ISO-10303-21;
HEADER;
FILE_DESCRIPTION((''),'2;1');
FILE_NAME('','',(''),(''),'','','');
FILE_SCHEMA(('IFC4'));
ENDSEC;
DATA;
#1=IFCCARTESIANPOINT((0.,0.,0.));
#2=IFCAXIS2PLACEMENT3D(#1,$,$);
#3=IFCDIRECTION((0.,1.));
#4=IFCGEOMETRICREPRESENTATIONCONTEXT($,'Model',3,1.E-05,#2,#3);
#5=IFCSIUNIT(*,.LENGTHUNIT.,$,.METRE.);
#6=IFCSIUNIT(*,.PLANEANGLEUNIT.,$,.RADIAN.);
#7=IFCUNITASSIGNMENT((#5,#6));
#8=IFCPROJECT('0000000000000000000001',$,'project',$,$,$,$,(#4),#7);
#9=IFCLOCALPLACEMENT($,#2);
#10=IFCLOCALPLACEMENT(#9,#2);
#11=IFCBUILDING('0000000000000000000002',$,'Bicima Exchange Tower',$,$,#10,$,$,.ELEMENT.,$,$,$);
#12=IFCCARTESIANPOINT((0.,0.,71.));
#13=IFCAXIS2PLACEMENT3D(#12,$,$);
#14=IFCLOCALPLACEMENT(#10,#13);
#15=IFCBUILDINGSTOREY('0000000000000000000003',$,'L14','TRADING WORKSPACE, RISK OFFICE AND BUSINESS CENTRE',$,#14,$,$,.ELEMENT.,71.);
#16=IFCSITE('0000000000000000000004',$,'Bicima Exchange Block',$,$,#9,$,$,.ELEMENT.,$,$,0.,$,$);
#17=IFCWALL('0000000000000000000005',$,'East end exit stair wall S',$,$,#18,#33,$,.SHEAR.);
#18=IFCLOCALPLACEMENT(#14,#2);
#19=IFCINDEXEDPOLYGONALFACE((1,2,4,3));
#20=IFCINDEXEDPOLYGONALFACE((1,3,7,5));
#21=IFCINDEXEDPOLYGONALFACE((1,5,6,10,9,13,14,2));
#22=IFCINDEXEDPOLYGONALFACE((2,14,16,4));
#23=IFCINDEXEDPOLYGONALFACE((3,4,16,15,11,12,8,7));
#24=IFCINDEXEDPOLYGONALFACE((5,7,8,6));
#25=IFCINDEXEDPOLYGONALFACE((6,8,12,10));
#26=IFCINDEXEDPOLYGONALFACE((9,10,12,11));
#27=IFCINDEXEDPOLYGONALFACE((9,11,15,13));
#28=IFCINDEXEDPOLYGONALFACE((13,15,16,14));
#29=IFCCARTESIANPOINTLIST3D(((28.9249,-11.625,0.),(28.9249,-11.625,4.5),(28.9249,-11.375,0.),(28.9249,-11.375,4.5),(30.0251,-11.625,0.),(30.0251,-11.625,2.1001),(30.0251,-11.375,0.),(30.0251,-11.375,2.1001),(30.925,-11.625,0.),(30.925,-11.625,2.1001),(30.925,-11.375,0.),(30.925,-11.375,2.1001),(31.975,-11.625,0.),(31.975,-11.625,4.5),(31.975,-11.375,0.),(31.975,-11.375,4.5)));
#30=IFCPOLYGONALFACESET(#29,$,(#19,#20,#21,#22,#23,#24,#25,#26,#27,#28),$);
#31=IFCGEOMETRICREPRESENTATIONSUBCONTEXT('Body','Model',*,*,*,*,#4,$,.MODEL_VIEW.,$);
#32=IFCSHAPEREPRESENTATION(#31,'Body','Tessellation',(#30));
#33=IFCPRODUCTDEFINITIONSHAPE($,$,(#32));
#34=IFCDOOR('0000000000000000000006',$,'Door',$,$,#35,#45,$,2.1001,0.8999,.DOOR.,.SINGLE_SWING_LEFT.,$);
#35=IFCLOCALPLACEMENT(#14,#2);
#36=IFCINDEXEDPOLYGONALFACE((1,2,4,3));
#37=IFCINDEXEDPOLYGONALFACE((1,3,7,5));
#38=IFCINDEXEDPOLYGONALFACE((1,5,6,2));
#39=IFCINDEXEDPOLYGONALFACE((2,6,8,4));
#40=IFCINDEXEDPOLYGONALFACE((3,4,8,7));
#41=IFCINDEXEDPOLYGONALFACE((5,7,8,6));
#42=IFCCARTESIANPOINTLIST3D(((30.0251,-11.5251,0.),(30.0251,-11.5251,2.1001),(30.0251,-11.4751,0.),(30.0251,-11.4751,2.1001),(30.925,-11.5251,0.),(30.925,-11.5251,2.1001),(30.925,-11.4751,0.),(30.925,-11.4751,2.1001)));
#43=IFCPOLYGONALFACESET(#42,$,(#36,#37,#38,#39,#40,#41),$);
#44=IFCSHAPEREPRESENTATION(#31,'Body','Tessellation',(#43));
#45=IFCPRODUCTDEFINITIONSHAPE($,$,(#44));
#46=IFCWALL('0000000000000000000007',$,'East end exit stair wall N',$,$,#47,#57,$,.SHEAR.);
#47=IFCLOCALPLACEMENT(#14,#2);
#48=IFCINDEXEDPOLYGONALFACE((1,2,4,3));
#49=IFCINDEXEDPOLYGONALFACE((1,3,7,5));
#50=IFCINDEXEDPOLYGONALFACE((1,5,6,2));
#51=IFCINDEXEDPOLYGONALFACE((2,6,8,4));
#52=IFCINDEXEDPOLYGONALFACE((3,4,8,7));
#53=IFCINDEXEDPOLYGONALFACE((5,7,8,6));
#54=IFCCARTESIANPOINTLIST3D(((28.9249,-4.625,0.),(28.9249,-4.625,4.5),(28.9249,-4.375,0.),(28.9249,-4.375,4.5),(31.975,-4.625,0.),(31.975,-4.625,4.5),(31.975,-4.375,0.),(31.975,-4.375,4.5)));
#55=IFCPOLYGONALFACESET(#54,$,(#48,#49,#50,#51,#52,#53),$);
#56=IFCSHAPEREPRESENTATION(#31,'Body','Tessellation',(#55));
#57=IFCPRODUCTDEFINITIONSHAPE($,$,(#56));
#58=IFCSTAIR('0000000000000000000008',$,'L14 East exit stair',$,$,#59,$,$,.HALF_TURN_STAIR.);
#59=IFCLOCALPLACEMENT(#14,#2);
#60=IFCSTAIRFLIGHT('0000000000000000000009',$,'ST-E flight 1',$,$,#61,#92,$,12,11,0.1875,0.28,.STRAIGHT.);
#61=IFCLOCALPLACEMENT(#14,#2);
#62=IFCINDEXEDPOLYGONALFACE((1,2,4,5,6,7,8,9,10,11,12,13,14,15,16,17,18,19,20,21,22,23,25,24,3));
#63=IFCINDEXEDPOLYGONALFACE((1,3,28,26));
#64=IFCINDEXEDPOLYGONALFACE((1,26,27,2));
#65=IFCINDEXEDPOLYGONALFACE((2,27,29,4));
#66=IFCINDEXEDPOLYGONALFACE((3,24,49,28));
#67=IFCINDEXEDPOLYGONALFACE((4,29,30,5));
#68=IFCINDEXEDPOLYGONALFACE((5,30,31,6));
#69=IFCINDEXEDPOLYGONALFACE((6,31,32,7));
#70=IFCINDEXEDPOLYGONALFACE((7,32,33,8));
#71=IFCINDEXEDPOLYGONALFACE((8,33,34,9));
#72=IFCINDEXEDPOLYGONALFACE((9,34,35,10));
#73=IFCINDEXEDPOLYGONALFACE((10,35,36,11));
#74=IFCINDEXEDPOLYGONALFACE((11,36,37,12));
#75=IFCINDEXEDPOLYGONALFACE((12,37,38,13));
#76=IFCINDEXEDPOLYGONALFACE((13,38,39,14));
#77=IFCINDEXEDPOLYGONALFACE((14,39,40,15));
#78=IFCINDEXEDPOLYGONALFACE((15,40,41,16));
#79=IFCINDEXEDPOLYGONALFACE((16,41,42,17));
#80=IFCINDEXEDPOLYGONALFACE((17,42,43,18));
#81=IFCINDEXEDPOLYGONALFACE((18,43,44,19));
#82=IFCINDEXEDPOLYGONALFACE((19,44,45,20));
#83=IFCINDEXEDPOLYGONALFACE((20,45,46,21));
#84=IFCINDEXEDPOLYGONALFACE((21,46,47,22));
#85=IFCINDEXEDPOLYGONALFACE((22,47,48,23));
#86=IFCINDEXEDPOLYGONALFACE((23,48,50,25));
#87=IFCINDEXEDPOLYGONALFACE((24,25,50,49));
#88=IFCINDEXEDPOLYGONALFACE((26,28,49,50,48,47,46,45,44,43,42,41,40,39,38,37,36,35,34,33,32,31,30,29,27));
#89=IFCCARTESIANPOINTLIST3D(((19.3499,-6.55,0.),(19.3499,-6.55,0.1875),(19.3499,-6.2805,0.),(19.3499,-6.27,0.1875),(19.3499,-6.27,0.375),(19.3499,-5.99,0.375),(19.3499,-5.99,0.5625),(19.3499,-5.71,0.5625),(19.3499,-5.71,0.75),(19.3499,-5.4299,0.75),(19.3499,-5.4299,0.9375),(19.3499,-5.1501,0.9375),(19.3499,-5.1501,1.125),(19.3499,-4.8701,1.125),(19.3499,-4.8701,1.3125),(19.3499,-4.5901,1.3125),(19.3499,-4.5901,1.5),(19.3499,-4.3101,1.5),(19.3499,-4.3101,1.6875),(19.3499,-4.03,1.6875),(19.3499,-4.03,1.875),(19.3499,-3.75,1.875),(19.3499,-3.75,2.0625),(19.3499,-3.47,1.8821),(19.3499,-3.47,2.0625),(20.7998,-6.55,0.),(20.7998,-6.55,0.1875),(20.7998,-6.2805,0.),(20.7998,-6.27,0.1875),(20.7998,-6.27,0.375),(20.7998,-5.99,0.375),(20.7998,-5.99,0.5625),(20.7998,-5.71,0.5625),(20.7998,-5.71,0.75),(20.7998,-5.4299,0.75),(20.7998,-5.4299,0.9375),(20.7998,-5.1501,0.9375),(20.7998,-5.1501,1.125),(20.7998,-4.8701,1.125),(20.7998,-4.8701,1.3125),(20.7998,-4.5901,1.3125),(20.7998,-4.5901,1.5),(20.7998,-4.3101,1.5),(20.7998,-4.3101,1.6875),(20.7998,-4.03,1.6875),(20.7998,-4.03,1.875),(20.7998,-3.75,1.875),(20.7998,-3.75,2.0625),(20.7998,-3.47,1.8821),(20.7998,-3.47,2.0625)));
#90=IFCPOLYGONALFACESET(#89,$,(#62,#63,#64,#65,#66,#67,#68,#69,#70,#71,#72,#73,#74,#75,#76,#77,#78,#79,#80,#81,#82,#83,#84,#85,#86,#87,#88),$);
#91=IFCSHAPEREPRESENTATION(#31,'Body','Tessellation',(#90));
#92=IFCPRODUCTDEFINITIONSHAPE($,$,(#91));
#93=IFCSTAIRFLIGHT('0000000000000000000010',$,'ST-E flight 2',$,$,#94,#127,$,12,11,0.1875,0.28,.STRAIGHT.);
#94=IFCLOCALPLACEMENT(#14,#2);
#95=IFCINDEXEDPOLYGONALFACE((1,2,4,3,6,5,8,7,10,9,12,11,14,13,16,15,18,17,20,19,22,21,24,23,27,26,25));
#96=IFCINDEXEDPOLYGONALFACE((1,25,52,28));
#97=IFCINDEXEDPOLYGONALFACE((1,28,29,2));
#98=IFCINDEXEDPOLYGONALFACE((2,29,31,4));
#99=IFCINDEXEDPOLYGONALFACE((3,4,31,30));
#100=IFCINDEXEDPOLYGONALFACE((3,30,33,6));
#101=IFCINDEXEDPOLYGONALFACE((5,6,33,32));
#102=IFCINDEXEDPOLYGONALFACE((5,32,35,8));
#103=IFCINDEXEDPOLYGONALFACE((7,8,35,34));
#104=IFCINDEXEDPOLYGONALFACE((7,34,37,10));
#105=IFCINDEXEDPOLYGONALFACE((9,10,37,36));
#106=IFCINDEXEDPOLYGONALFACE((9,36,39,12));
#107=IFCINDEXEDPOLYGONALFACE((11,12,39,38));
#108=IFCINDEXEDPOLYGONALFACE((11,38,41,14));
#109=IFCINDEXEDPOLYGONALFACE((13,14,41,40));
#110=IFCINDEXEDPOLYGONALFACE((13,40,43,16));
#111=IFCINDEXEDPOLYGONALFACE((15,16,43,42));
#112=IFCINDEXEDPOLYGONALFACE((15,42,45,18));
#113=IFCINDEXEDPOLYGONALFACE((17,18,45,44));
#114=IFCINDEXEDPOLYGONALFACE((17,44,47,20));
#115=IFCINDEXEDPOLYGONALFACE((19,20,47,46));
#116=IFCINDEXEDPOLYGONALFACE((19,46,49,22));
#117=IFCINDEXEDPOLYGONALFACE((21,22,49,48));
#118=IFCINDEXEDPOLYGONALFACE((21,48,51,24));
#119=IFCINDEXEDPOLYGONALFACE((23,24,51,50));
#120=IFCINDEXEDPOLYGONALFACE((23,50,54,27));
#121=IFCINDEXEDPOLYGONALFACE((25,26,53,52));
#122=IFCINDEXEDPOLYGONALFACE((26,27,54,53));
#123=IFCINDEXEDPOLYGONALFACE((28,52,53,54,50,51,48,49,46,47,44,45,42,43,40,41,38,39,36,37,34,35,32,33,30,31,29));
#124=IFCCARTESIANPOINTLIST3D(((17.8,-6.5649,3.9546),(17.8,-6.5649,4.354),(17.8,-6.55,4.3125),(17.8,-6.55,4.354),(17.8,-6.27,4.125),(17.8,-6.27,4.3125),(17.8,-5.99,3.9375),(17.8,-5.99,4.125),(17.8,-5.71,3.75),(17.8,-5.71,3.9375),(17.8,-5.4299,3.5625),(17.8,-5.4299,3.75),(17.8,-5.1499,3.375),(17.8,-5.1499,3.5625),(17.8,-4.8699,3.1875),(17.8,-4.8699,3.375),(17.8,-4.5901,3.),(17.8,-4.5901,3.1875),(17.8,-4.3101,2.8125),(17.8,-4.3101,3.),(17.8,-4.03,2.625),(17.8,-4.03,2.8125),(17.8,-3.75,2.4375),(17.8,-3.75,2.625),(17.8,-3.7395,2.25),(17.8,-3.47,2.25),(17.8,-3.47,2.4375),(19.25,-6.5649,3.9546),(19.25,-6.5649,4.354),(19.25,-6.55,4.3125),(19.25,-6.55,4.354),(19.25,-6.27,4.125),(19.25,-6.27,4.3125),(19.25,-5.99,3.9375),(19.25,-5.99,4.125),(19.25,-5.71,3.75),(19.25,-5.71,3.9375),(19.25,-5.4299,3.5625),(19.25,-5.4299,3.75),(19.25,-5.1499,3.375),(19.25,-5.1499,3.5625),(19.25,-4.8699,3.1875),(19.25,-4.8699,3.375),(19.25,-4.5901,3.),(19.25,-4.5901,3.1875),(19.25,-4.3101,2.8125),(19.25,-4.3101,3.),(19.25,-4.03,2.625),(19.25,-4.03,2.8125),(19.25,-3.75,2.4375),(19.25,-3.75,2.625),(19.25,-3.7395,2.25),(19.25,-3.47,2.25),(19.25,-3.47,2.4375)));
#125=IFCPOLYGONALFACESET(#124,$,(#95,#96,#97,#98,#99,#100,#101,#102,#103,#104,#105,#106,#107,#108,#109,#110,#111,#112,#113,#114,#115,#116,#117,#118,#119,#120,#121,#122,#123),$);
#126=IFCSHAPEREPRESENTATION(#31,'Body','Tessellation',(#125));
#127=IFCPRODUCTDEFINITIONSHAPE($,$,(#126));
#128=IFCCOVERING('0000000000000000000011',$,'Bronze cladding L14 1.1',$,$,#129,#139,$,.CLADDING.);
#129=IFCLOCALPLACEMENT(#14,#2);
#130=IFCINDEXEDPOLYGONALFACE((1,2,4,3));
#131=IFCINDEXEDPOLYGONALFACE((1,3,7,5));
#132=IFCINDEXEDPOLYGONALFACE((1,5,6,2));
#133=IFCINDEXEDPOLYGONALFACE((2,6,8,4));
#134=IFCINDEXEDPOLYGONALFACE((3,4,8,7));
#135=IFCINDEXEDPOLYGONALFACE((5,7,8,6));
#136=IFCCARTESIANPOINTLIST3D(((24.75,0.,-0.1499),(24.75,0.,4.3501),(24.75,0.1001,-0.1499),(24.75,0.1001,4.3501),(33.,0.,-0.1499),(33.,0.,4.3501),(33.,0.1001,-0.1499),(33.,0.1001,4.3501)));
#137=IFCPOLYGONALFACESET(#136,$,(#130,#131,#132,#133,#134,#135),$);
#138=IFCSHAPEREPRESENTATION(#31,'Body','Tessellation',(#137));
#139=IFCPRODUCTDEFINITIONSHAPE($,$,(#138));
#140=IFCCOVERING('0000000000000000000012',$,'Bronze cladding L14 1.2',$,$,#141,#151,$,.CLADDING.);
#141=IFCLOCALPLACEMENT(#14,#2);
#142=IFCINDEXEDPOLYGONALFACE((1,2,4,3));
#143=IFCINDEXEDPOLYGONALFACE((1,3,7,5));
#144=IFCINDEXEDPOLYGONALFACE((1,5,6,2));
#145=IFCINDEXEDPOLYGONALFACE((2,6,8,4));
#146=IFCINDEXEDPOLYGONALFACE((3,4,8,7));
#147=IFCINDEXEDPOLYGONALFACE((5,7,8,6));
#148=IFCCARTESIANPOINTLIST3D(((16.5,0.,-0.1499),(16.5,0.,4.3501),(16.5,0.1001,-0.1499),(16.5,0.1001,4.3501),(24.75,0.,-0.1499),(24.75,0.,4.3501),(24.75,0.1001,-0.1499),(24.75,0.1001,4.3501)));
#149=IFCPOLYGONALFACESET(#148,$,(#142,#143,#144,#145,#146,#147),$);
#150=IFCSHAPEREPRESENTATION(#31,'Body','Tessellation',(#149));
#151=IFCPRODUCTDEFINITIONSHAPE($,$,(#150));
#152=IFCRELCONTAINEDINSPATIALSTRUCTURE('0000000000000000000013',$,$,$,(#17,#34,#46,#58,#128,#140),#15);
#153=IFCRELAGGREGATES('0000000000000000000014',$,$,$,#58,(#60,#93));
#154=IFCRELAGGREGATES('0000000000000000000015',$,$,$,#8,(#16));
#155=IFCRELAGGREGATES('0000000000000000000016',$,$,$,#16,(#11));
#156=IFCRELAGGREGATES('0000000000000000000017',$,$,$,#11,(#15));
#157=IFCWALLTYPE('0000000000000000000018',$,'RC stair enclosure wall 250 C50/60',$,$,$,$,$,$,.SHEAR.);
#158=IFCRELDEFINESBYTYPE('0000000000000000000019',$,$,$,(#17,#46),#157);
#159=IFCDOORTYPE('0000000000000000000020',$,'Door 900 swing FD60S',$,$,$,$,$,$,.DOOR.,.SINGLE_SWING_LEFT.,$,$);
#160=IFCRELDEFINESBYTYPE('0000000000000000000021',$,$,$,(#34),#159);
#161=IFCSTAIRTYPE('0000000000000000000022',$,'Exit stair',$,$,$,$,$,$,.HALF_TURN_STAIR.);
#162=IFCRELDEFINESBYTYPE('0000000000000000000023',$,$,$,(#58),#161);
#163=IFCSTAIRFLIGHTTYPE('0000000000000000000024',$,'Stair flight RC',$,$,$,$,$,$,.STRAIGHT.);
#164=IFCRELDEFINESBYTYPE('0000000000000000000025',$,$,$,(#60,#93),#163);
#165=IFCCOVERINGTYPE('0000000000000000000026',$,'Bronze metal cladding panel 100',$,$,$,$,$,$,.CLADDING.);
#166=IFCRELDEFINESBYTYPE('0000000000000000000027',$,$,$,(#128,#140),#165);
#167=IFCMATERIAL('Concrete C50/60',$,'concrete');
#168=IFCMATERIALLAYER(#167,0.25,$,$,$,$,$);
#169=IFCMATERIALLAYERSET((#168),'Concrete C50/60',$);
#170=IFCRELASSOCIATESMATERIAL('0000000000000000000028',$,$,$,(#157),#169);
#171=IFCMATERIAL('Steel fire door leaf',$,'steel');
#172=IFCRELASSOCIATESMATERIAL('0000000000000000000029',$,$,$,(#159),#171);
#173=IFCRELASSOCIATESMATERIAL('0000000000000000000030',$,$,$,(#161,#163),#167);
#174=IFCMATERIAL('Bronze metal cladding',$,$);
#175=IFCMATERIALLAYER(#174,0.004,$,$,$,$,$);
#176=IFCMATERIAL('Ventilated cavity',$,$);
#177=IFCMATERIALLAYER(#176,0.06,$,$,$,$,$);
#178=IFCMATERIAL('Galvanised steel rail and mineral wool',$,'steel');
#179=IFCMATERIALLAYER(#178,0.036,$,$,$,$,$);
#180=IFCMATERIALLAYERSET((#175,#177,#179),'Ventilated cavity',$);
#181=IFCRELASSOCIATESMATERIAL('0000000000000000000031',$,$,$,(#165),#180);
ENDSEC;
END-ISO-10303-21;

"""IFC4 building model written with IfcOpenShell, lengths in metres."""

from ifc_helpers import new_model, si_unit, direction, frame, frame_2d, origin, origin_2d, place, context, subcontext, project, spatial, polyline, rectangle, outline, extrude, material, layer, layer_set, type_object, element, fill, aggregate, save


model = new_model("IFC4")

# Units and contexts
model_context = context("Model", 3, precision=1e-05, world=origin(), true_north=direction((0.0, 1.0)))
body_context = subcontext(model_context, "Body", "Model", "MODEL_VIEW")
ifc_project = project(units=[si_unit("LENGTHUNIT", "METRE"), si_unit("PLANEANGLEUNIT", "RADIAN")], contexts=[model_context])

# Site, building, storey
site_placement = place(None, origin())
site = spatial("IfcSite", under=ifc_project, at=site_placement, Name="Bicima Exchange Block", CompositionType="ELEMENT", RefElevation=0.0)
building_placement = place(site_placement, origin())
building = spatial("IfcBuilding", under=site, at=building_placement, Name="Bicima Exchange Tower", CompositionType="ELEMENT")
storey_placement = place(building_placement, frame((0.0, 0.0, 71.0)))
storey = spatial("IfcBuildingStorey", under=building, at=storey_placement, Name="L14", Description="TRADING WORKSPACE, RISK OFFICE AND BUSINESS CENTRE", CompositionType="ELEMENT", Elevation=71.0)

# Shared definitions
ifc_material_1 = material(Name="Steel fire door leaf", Category="steel")

# Shared definitions
ifc_material_2 = material(Name="Concrete C50/60", Category="concrete")
ifc_layer_1 = layer(ifc_material_2, 0.25)
ifc_layer_set_1 = layer_set([ifc_layer_1], Name="Concrete C50/60")
wall_type_1 = type_object("IfcWallType", Name="RC stair enclosure wall 250 C50/60", PredefinedType="SHEAR", material=ifc_layer_set_1)

# Wall, opening, door
wall_1_placement = place(storey_placement, frame((28.925, -11.5, 0.0), z_axis=(0.0, 0.0, 1.0), x_axis=(1.0, 0.0, 0.0)))
wall_1 = element("IfcWall", 1, at=wall_1_placement, inside=storey, type_object=wall_type_1, Name="East end exit stair wall S", PredefinedType="SHEAR", context=body_context, shape_type="SweptSolid", body=[
    extrude(rectangle(XDim=3.05, YDim=0.25, at=frame_2d((1.5249, 0.0))), origin(), (0.0, 0.0, 1.0), 4.5),
])
opening_1_placement = place(wall_1_placement, frame((1.1001, 0.0, 0.0)))
opening_1 = element("IfcOpeningElement", 2, at=opening_1_placement, cuts=wall_1, PredefinedType="OPENING", context=body_context, shape_type="SweptSolid", body=[
    extrude(rectangle(XDim=0.8999, YDim=2.1001, at=frame_2d((0.45, 1.05))), frame((0.0, 0.137, 0.0), z_axis=(0.0, -1.0, 0.0), x_axis=(1.0, 0.0, 0.0)), (0.0, 0.0, 1.0), 0.2739),
])
door_type_1 = type_object("IfcDoorType", Name="Door 900 swing FD60S", OperationType="SINGLE_SWING_LEFT", PredefinedType="DOOR", material=ifc_material_1)
door_1_placement = place(opening_1_placement, origin())
door_1 = element("IfcDoor", 3, at=door_1_placement, inside=storey, type_object=door_type_1, Name="Door", OperationType="SINGLE_SWING_LEFT", OverallHeight=2.1001, OverallWidth=0.8999, PredefinedType="DOOR", context=body_context, shape_type="SweptSolid", body=[
    extrude(rectangle(XDim=0.8999, YDim=2.1001, at=frame_2d((0.45, 1.05))), frame((0.0, 0.0249, 0.0), z_axis=(0.0, -1.0, 0.0), x_axis=(1.0, 0.0, 0.0)), (0.0, 0.0, 1.0), 0.05),
])
fill(opening_1, door_1)

# Wall
wall_2_placement = place(storey_placement, frame((28.925, -4.5, 0.0), z_axis=(0.0, 0.0, 1.0), x_axis=(1.0, 0.0, 0.0)))
element("IfcWall", 4, at=wall_2_placement, inside=storey, type_object=wall_type_1, Name="East end exit stair wall N", PredefinedType="SHEAR", context=body_context, shape_type="SweptSolid", body=[
    extrude(rectangle(XDim=3.05, YDim=0.25, at=frame_2d((1.5249, 0.0))), origin(), (0.0, 0.0, 1.0), 4.5),
])

# Stair, stair flights
stair_type = type_object("IfcStairType", Name="Exit stair", PredefinedType="HALF_TURN_STAIR", material=ifc_material_2)
stair_placement = place(storey_placement, origin())
stair = element("IfcStair", 5, at=stair_placement, inside=storey, type_object=stair_type, Name="L14 East exit stair", PredefinedType="HALF_TURN_STAIR")
stair_flight_type = type_object("IfcStairFlightType", Name="Stair flight RC", PredefinedType="STRAIGHT", material=ifc_material_2)
stair_flight_1_placement = place(storey_placement, frame((20.075, -6.55, 0.0), z_axis=(0.0, 0.0, 1.0), x_axis=(0.0, 1.0, 0.0)))
stair_flight_1 = element("IfcStairFlight", 6, at=stair_flight_1_placement, type_object=stair_flight_type, Name="ST-E flight 1", NumberOfRisers=12, NumberOfTreads=11, PredefinedType="STRAIGHT", RiserHeight=0.1875, TreadLength=0.28, context=body_context, shape_type="SweptSolid", body=[
    extrude(outline(polyline([(0.0, 0.0), (0.0, 0.1875), (0.28, 0.1875), (0.28, 0.375), (0.5601, 0.375), (0.5601, 0.5625), (0.8401, 0.5625), (0.8401, 0.75), (1.1201, 0.75), (1.1201, 0.9375), (1.3999, 0.9375), (1.3999, 1.125), (1.6799, 1.125), (1.6799, 1.3125), (1.96, 1.3125), (1.96, 1.5), (2.24, 1.5), (2.24, 1.6875), (2.52, 1.6875), (2.52, 1.875), (2.8, 1.875), (2.8, 2.0625), (3.0801, 2.0625), (3.0801, 2.25), (3.0801, 1.8821), (0.2695, 0.0), (0.0, 0.0)])), frame((0.0, 0.7251, 0.0), z_axis=(0.0, -1.0, 0.0), x_axis=(1.0, 0.0, 0.0)), (0.0, 0.0, 1.0), 1.45),
])
stair_flight_2_placement = place(storey_placement, frame((18.5249, -3.47, 2.25), z_axis=(0.0, 0.0, 1.0), x_axis=(0.0, -1.0, 0.0)))
stair_flight_2 = element("IfcStairFlight", 7, at=stair_flight_2_placement, type_object=stair_flight_type, Name="ST-E flight 2", NumberOfRisers=12, NumberOfTreads=11, PredefinedType="STRAIGHT", RiserHeight=0.1875, TreadLength=0.28, context=body_context, shape_type="SweptSolid", body=[
    extrude(outline(polyline([(0.0, 0.0), (0.0, 0.1875), (0.28, 0.1875), (0.28, 0.375), (0.5601, 0.375), (0.5601, 0.5625), (0.8401, 0.5625), (0.8401, 0.75), (1.1201, 0.75), (1.1201, 0.9375), (1.3999, 0.9375), (1.3999, 1.125), (1.6799, 1.125), (1.6799, 1.3125), (1.96, 1.3125), (1.96, 1.5), (2.24, 1.5), (2.24, 1.6875), (2.52, 1.6875), (2.52, 1.875), (2.8, 1.875), (2.8, 2.0625), (3.0801, 2.0625), (3.0801, 2.104), (3.095, 2.104), (3.095, 1.7046), (0.2695, 0.0), (0.0, 0.0)])), frame((0.0, 0.7251, 0.0), z_axis=(0.0, -1.0, 0.0), x_axis=(1.0, 0.0, 0.0)), (0.0, 0.0, 1.0), 1.45),
])
aggregate(stair, [stair_flight_1, stair_flight_2])

# Coverings
ifc_material_3 = material(Name="Bronze metal cladding")
ifc_layer_2 = layer(ifc_material_3, 0.004)
ifc_material_4 = material(Name="Ventilated cavity")
ifc_layer_3 = layer(ifc_material_4, 0.06)
ifc_material_5 = material(Name="Galvanised steel rail and mineral wool", Category="steel")
ifc_layer_4 = layer(ifc_material_5, 0.036)
ifc_layer_set_2 = layer_set([ifc_layer_2, ifc_layer_3, ifc_layer_4], Name="Ventilated cavity")
covering_type = type_object("IfcCoveringType", Name="Bronze metal cladding panel 100", PredefinedType="CLADDING", material=ifc_layer_set_2)
for number, where, z_axis, x_axis, name in (
    (8, (28.875, 0.05, -0.1499), (0.0, 0.0, 1.0), (-1.0, 0.0, 0.0), "Bronze cladding L14 1.1"),
    (9, (20.625, 0.05, -0.1499), (0.0, 0.0, 1.0), (-1.0, 0.0, 0.0), "Bronze cladding L14 1.2"),
):
    element("IfcCovering", number, at=place(storey_placement, frame(where, z_axis=z_axis, x_axis=x_axis)), inside=storey, type_object=covering_type, Name=name, PredefinedType="CLADDING", context=body_context, shape_type="SweptSolid", body=[
        extrude(rectangle(XDim=8.25, YDim=0.1001, at=origin_2d()), origin(), (0.0, 0.0, 1.0), 4.5),
    ])

save(model, "model.ifc")
